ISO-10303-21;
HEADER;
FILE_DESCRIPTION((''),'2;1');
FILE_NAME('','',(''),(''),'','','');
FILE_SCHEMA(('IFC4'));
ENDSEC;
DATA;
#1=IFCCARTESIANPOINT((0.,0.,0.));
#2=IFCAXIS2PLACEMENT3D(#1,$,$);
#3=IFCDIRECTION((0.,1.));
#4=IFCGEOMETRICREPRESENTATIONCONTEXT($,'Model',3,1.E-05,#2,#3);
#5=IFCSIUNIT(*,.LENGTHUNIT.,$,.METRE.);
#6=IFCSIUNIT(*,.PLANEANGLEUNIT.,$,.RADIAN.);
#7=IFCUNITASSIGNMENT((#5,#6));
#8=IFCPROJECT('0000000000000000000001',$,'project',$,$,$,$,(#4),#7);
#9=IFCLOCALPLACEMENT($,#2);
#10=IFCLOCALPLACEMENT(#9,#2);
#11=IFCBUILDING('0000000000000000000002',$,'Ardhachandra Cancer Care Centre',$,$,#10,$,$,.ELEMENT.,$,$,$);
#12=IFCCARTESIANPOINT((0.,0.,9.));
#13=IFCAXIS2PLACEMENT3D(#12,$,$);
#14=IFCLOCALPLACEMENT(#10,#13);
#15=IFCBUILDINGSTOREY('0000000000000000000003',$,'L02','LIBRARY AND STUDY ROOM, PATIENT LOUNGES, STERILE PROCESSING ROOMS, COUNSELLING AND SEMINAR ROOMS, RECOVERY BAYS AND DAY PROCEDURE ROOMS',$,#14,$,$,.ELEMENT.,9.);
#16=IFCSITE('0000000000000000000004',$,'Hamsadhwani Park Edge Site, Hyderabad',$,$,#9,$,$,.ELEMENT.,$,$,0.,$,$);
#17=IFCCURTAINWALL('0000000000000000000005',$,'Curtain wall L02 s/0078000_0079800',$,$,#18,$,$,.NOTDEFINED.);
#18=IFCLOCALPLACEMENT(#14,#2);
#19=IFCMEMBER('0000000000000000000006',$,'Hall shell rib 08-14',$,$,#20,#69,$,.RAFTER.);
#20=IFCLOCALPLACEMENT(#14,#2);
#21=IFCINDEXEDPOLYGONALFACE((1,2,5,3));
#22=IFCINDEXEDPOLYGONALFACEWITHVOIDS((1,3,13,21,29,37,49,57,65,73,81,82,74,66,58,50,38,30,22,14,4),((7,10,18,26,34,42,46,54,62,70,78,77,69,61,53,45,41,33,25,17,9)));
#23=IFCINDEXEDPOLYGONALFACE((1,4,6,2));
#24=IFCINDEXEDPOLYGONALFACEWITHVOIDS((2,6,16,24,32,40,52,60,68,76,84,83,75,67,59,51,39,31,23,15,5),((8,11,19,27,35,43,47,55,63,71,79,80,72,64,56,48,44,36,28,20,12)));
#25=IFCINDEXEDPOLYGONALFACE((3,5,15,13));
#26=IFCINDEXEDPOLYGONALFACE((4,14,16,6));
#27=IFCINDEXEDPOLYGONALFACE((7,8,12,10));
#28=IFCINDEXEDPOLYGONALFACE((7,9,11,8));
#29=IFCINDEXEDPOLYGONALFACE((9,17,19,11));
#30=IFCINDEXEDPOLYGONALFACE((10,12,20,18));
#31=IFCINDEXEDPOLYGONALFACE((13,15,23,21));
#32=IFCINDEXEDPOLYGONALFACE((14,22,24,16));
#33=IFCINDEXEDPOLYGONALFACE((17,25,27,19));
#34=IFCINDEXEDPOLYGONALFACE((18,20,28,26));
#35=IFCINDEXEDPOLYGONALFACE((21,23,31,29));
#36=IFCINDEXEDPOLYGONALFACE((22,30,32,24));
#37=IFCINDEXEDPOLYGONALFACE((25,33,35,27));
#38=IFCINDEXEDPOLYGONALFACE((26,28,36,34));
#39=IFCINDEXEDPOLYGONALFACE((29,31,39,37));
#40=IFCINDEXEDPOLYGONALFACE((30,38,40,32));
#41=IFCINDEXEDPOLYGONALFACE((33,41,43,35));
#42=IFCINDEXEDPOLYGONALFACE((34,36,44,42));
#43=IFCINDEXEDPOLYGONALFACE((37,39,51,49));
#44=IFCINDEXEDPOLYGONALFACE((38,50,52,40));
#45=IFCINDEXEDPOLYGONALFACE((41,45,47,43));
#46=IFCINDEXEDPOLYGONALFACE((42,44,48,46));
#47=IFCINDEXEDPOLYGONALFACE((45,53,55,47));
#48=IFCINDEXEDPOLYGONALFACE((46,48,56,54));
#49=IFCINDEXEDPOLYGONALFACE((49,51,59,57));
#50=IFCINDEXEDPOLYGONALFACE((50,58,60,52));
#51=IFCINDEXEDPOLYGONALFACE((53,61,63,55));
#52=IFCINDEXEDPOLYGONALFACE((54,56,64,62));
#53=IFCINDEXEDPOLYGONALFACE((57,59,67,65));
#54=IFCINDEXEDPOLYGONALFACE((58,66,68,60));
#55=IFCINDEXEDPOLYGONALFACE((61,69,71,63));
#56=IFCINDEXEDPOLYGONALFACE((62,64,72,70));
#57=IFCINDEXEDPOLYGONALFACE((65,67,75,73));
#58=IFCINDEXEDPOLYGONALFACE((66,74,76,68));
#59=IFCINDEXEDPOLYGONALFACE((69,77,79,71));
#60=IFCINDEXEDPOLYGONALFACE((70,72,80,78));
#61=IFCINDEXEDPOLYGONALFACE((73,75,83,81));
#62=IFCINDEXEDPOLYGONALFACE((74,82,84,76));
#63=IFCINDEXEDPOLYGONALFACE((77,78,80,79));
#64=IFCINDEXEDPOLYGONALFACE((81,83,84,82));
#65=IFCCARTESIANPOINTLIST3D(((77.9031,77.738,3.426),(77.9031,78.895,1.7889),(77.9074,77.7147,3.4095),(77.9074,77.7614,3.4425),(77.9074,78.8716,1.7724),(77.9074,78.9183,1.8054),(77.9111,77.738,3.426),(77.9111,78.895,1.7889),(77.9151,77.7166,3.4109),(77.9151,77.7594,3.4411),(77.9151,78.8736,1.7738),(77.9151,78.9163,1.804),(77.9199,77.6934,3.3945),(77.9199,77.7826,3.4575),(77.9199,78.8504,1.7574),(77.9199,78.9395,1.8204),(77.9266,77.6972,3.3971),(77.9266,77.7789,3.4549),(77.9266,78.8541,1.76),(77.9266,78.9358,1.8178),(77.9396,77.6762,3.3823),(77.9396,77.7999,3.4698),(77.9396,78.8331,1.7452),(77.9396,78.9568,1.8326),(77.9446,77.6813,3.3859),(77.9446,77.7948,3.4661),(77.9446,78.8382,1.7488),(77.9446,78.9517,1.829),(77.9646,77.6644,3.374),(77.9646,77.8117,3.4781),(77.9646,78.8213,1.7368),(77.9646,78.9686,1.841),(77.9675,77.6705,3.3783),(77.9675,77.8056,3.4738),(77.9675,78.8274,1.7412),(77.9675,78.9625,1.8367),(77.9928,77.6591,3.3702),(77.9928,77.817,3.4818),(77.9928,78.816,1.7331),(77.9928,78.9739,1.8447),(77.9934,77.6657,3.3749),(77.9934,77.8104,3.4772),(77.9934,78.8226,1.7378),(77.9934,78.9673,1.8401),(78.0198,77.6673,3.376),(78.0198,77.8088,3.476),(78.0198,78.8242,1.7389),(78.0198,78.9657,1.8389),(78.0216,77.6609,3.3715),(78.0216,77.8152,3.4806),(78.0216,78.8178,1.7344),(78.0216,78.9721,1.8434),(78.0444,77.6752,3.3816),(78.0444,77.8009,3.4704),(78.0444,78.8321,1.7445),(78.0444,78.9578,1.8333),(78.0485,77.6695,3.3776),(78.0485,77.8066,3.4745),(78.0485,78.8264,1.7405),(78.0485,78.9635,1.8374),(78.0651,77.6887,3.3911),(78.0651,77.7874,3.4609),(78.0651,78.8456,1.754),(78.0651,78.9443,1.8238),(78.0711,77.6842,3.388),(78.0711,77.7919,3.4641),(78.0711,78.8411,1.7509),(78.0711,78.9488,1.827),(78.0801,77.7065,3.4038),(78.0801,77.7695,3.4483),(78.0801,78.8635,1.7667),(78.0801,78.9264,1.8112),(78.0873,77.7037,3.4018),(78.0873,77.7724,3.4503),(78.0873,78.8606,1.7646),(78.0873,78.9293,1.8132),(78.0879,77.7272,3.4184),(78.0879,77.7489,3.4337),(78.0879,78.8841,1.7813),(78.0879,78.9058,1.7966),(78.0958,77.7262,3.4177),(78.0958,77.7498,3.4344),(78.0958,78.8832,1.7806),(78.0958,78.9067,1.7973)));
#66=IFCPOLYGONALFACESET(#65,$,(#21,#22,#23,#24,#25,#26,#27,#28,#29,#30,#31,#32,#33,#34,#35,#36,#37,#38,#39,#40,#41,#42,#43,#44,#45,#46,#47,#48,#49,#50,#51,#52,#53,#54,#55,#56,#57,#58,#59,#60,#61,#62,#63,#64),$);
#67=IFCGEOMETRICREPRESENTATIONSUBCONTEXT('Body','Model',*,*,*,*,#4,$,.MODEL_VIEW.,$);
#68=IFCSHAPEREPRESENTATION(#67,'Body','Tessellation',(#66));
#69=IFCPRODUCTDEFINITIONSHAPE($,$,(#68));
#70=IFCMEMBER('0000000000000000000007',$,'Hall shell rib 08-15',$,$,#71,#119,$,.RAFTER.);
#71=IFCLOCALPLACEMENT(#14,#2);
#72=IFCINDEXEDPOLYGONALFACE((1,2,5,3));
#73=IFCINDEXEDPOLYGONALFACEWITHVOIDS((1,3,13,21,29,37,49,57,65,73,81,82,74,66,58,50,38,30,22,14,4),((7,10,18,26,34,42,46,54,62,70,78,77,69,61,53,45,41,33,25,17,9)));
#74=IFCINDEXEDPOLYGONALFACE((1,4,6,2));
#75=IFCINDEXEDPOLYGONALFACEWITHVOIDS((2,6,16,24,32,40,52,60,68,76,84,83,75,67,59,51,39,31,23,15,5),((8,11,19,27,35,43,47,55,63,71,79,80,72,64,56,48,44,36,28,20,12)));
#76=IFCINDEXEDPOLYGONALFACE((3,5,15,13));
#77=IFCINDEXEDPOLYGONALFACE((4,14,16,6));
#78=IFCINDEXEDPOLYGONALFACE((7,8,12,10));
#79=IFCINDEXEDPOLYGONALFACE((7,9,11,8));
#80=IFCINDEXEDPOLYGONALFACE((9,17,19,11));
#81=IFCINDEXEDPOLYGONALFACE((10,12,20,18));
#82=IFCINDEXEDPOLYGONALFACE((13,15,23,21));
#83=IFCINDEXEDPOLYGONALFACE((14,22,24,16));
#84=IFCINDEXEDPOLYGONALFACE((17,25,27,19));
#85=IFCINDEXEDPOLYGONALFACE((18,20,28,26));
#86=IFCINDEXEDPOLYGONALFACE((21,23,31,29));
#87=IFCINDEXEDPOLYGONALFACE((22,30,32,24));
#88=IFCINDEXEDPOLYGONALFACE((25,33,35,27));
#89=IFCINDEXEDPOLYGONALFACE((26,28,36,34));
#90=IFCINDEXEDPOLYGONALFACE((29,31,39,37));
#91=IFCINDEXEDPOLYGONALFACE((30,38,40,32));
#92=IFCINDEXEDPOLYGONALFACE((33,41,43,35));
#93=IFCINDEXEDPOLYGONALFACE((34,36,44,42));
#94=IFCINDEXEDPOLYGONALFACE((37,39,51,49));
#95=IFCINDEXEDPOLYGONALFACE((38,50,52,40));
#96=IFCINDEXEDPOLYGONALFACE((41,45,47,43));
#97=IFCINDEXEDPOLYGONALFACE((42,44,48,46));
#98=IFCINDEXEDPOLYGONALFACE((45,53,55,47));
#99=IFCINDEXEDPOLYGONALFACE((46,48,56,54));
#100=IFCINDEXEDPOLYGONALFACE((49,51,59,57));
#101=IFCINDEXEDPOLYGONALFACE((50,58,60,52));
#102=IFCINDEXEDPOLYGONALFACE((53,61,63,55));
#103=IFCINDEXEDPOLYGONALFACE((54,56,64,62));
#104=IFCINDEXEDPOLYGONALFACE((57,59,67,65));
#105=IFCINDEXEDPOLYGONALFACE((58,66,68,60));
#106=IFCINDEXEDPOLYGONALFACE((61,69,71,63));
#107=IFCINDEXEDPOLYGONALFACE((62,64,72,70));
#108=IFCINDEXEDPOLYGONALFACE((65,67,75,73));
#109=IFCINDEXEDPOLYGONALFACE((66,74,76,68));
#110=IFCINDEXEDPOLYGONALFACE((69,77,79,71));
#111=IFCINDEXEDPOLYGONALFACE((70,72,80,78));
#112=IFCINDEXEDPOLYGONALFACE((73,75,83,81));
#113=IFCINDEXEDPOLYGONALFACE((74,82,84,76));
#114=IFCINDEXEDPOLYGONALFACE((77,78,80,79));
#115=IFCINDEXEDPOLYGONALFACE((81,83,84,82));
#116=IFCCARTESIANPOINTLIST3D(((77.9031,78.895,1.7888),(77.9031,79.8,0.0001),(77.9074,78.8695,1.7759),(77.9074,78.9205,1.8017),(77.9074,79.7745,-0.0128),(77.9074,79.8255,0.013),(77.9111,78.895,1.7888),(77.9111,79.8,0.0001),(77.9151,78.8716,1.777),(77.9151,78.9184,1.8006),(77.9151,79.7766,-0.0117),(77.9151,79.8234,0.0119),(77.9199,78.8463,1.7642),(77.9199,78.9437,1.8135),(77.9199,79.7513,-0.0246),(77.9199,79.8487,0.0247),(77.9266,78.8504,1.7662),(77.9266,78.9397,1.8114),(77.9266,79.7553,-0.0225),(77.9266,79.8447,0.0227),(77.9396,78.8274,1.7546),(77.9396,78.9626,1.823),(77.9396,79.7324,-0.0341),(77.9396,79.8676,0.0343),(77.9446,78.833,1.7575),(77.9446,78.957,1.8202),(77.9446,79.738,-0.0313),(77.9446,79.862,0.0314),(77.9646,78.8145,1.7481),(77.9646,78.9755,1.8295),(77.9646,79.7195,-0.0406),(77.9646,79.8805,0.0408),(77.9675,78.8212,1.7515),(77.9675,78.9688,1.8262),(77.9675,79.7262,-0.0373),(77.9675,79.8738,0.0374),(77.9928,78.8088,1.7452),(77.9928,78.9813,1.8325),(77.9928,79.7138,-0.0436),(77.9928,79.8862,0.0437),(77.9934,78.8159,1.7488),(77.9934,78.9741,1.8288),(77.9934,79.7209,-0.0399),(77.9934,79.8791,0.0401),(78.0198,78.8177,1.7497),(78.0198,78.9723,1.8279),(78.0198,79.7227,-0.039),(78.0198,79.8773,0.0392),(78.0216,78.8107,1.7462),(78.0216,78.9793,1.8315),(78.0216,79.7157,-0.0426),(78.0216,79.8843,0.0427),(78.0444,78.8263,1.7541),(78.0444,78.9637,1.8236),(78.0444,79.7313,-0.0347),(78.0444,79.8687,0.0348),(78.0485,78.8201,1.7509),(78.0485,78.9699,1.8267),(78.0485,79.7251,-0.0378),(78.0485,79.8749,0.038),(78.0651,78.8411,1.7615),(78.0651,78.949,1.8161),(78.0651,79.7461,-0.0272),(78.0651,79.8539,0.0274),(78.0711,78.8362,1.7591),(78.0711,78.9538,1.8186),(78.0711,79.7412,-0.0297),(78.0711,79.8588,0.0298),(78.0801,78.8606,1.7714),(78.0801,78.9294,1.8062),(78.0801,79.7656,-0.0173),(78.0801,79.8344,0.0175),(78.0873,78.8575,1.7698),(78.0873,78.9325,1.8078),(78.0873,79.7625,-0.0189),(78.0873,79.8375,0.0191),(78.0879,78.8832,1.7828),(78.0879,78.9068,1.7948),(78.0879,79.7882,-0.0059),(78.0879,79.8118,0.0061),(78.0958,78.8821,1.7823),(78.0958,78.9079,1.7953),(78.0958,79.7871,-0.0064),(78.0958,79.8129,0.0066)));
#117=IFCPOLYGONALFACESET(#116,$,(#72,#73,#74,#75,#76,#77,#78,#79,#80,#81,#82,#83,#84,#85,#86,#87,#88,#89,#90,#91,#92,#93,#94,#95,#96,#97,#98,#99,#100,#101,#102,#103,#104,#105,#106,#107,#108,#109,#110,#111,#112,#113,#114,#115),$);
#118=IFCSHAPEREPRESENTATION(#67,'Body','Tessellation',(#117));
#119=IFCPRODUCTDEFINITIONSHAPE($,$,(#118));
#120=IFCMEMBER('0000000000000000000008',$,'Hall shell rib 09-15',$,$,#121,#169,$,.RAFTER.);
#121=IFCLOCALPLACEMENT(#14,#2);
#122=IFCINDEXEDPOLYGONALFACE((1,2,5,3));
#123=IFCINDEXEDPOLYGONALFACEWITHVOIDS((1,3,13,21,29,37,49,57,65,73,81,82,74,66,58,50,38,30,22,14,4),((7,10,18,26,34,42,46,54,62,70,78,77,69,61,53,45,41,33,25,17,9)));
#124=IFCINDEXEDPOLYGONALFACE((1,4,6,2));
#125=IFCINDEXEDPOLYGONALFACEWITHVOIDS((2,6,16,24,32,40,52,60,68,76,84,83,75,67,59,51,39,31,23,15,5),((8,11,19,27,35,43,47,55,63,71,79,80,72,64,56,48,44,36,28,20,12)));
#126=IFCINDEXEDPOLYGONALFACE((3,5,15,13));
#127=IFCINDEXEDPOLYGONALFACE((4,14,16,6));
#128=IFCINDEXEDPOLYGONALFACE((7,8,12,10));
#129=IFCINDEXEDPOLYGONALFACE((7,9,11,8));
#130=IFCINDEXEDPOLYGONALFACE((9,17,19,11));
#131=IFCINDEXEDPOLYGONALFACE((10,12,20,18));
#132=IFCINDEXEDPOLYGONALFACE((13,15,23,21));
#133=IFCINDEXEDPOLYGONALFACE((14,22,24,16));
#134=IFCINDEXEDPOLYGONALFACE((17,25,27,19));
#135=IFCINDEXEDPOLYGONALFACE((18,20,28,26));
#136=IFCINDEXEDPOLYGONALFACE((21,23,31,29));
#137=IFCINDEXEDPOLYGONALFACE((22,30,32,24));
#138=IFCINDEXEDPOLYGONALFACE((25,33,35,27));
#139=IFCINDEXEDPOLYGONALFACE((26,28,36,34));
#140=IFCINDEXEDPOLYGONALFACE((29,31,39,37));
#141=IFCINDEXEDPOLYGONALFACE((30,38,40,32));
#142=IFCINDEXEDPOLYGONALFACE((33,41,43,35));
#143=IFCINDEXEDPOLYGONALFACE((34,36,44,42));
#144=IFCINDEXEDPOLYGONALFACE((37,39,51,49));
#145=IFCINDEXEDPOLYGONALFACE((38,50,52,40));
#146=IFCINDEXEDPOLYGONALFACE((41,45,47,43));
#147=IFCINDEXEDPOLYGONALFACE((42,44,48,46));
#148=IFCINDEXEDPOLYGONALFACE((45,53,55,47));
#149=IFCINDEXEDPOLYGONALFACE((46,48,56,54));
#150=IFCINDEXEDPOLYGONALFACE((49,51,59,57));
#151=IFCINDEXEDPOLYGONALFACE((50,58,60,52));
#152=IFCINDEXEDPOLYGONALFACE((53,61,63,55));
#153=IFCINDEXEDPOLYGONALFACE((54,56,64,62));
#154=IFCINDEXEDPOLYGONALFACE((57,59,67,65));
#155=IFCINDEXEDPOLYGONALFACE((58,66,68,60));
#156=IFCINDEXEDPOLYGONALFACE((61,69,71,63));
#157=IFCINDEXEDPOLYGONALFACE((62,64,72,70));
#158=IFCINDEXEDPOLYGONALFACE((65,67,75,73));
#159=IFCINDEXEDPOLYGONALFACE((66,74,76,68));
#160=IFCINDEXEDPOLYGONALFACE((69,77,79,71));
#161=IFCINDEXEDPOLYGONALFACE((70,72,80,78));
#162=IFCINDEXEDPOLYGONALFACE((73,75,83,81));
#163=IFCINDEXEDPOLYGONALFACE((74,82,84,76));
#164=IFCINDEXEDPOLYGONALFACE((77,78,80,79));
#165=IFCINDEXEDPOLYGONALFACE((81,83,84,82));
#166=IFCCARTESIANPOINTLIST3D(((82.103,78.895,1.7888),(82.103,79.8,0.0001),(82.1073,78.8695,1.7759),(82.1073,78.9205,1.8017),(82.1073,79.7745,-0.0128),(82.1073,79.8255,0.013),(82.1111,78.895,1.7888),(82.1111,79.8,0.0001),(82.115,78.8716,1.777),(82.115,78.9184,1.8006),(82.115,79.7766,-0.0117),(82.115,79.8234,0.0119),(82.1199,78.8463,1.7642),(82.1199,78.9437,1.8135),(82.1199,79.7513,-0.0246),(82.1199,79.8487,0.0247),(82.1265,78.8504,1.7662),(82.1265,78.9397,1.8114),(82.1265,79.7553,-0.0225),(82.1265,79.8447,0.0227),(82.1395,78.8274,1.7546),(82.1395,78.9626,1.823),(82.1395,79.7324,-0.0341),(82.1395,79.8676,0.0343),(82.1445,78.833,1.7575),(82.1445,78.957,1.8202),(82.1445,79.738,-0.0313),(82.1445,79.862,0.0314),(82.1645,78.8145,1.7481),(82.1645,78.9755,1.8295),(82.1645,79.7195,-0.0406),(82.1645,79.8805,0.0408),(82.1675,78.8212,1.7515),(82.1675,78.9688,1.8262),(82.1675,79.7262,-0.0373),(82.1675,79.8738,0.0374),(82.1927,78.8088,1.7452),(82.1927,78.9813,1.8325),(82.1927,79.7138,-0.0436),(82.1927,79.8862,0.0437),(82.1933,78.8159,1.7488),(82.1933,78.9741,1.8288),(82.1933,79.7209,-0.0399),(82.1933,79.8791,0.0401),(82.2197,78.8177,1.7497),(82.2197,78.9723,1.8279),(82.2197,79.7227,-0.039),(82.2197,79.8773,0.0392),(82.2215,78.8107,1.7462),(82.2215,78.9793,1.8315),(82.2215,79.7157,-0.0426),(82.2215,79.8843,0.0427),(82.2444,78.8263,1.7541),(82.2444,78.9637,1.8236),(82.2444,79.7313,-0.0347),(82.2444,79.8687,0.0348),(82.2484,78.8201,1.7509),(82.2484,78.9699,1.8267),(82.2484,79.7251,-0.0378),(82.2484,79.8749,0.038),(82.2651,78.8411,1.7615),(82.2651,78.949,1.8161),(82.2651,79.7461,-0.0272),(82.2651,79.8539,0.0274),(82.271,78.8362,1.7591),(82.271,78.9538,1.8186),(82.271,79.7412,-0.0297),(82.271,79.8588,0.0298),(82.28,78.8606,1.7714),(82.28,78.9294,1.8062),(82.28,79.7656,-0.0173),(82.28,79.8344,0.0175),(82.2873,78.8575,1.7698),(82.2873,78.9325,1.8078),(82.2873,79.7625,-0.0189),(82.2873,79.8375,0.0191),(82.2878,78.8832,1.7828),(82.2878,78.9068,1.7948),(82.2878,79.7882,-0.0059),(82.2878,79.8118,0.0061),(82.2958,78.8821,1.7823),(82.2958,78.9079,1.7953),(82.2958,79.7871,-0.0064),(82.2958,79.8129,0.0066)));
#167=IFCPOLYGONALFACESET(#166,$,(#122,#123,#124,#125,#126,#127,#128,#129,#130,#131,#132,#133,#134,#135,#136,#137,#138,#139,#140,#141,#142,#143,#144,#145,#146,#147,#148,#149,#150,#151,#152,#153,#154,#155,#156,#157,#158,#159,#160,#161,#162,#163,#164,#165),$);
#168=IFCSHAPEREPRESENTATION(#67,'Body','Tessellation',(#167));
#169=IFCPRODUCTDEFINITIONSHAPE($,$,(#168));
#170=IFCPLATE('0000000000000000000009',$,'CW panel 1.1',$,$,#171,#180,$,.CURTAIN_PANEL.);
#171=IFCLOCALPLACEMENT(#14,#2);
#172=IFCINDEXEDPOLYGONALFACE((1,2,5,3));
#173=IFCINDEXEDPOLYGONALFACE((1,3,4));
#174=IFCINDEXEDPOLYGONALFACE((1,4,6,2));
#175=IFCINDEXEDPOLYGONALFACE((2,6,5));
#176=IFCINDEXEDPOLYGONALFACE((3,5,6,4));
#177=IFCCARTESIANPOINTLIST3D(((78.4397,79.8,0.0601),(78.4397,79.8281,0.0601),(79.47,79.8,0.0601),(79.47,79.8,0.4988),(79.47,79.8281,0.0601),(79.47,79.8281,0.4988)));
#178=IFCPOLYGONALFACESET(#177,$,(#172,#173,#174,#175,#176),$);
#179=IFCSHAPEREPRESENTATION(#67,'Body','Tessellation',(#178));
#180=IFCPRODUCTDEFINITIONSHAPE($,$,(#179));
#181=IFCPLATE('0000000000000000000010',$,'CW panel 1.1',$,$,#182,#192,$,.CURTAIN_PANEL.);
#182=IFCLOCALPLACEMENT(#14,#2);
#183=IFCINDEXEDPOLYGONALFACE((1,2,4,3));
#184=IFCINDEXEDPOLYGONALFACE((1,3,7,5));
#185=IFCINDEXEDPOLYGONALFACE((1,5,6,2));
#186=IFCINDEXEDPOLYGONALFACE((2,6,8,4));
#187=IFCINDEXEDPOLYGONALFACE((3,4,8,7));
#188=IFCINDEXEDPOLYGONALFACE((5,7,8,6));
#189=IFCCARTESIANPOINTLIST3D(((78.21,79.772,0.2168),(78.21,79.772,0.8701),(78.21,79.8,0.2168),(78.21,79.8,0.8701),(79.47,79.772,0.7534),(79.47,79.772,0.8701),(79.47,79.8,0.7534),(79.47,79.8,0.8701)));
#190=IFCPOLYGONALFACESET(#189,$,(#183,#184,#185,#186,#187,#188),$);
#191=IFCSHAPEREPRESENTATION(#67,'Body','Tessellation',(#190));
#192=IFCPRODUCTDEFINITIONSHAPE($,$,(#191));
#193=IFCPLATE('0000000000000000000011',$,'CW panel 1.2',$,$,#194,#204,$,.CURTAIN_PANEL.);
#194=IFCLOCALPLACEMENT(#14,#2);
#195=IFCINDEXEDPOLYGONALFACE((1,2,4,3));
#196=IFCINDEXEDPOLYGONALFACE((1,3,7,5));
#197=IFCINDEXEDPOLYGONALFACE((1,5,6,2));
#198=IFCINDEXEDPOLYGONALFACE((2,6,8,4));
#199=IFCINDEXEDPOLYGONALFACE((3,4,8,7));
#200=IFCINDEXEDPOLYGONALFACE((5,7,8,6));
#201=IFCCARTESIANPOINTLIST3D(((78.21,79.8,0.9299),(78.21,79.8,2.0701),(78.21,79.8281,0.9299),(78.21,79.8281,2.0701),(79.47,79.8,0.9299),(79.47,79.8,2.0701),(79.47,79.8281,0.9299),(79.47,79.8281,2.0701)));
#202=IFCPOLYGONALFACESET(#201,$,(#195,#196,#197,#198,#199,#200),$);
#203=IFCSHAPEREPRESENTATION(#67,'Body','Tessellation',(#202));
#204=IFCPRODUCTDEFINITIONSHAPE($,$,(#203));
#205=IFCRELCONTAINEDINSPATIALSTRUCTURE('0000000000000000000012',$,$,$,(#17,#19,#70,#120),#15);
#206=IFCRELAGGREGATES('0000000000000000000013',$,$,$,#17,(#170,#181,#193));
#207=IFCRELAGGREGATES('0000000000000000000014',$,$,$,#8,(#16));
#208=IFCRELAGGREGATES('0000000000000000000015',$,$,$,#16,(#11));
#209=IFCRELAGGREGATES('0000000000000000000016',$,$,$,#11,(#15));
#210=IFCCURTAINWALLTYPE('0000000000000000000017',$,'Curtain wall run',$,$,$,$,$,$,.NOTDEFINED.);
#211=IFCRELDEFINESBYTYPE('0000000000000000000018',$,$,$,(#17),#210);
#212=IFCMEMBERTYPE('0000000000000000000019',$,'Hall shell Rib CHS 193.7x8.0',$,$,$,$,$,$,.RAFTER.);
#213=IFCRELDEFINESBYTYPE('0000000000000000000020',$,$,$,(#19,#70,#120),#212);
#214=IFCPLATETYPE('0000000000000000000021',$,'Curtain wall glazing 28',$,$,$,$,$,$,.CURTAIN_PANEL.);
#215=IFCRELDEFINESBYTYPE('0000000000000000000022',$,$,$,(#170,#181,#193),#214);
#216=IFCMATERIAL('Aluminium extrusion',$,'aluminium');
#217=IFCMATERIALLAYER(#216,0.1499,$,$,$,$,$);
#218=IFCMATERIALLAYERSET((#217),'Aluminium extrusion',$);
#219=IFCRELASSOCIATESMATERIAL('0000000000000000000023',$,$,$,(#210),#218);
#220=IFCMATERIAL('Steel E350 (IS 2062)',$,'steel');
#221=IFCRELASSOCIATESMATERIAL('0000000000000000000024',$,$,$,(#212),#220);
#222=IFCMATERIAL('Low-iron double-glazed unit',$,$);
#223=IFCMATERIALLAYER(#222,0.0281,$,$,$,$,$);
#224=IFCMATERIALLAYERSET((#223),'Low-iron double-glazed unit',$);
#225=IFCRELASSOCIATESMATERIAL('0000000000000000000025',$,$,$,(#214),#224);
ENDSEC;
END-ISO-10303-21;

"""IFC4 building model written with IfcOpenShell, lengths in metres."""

from ifc_helpers import new_model, si_unit, direction, frame, origin, origin_2d, place, context, subcontext, project, spatial, polyline, hollow_circle, outline, extrude, material, layer, layer_set, material_profile, profile_set, type_object, element, aggregate, save


model = new_model("IFC4")

# Units and contexts
model_context = context("Model", 3, precision=1e-05, world=origin(), true_north=direction((0.0, 1.0)))
body_context = subcontext(model_context, "Body", "Model", "MODEL_VIEW")
ifc_project = project(units=[si_unit("LENGTHUNIT", "METRE"), si_unit("PLANEANGLEUNIT", "RADIAN")], contexts=[model_context])

# Site, building, storey
site_placement = place(None, origin())
site = spatial("IfcSite", under=ifc_project, at=site_placement, Name="Hamsadhwani Park Edge Site, Hyderabad", CompositionType="ELEMENT", RefElevation=0.0)
building_placement = place(site_placement, origin())
building = spatial("IfcBuilding", under=site, at=building_placement, Name="Ardhachandra Cancer Care Centre", CompositionType="ELEMENT")
storey_placement = place(building_placement, frame((0.0, 0.0, 9.0)))
storey = spatial("IfcBuildingStorey", under=building, at=storey_placement, Name="L02", Description="LIBRARY AND STUDY ROOM, PATIENT LOUNGES, STERILE PROCESSING ROOMS, COUNSELLING AND SEMINAR ROOMS, RECOVERY BAYS AND DAY PROCEDURE ROOMS", CompositionType="ELEMENT", Elevation=9.0)

# Curtain wall
ifc_material_1 = material(Name="Aluminium extrusion", Category="aluminium")
ifc_layer_1 = layer(ifc_material_1, 0.1499)
ifc_layer_set_1 = layer_set([ifc_layer_1], Name="Aluminium extrusion")
curtain_wall_type = type_object("IfcCurtainWallType", Name="Curtain wall run", PredefinedType="NOTDEFINED", material=ifc_layer_set_1)
curtain_wall_placement = place(storey_placement, origin())
curtain_wall = element("IfcCurtainWall", 1, at=curtain_wall_placement, inside=storey, type_object=curtain_wall_type, Name="Curtain wall L02 s/0078000_0079800", PredefinedType="NOTDEFINED")

# Members
ifc_material_2 = material(Name="Steel E350 (IS 2062)", Category="steel")
ifc_material_profile_1 = material_profile(ifc_material_2, hollow_circle(Radius=0.0969, WallThickness=0.0081, at=origin_2d()), Name="CHS 193.7x8.0")
ifc_profile_set_1 = profile_set([ifc_material_profile_1], Name="Steel E350 (IS 2062)")
member_type_1 = type_object("IfcMemberType", Name="Hall shell Rib CHS 193.7x8.0", PredefinedType="RAFTER", material=ifc_profile_set_1)
for number, where, z_axis, x_axis, name in (
    (2, (78.0, 77.738, 3.426), (0.0, 0.577118, -0.816661), (-1.0, 0.0, 0.0), "Hall shell rib 08-14"),
    (3, (78.0, 78.895, 1.7888), (0.0, 0.451447, -0.892298), (-1.0, 0.0, 0.0), "Hall shell rib 08-15"),
    (4, (82.2, 78.895, 1.7888), (0.0, 0.451447, -0.892298), (-1.0, 0.0, 0.0), "Hall shell rib 09-15"),
):
    element("IfcMember", number, at=place(storey_placement, frame(where, z_axis=z_axis, x_axis=x_axis)), inside=storey, type_object=member_type_1, Name=name, PredefinedType="RAFTER", context=body_context, shape_type="SweptSolid", body=[
        extrude(hollow_circle(Radius=0.0969, WallThickness=0.0081, at=origin_2d()), origin(), (0.0, 0.0, 1.0), 2.0046),
    ])

# Plates
ifc_material_3 = material(Name="Low-iron double-glazed unit")
ifc_layer_2 = layer(ifc_material_3, 0.0281)
ifc_layer_set_2 = layer_set([ifc_layer_2], Name="Low-iron double-glazed unit")
plate_type_1 = type_object("IfcPlateType", Name="Curtain wall glazing 28", PredefinedType="CURTAIN_PANEL", material=ifc_layer_set_2)
plate_1_placement = place(storey_placement, frame((79.47, 79.8, 0.0601), z_axis=(0.0, 1.0, 0.0), x_axis=(-1.0, 0.0, 0.0)))
plate_1 = element("IfcPlate", 5, at=plate_1_placement, type_object=plate_type_1, Name="CW panel 1.1", PredefinedType="CURTAIN_PANEL", context=body_context, shape_type="SweptSolid", body=[
    extrude(outline(polyline([(0.0, 0.0), (1.0303, 0.0), (0.0, 0.4387), (0.0, 0.0)])), origin(), (0.0, 0.0, 1.0), 0.0281),
])
plate_2_placement = place(storey_placement, frame((78.21, 79.8, 0.8701), z_axis=(0.0, 1.0, 0.0), x_axis=(1.0, 0.0, 0.0)))
plate_2 = element("IfcPlate", 6, at=plate_2_placement, type_object=plate_type_1, Name="CW panel 1.1", PredefinedType="CURTAIN_PANEL", context=body_context, shape_type="SweptSolid", body=[
    extrude(outline(polyline([(0.0, 0.0), (1.26, 0.0), (1.26, 0.1167), (0.0, 0.6533), (0.0, 0.0)])), frame((0.0, 0.0, -0.0281)), (0.0, 0.0, 1.0), 0.0281),
])
plate_3_placement = place(storey_placement, frame((78.21, 79.8, 0.9299), z_axis=(0.0, 1.0, 0.0), x_axis=(0.0, 0.0, 1.0)))
plate_3 = element("IfcPlate", 7, at=plate_3_placement, type_object=plate_type_1, Name="CW panel 1.2", PredefinedType="CURTAIN_PANEL", context=body_context, shape_type="SweptSolid", body=[
    extrude(outline(polyline([(0.0, 0.0), (1.1401, 0.0), (1.1401, 1.26), (0.0, 1.26), (0.0, 0.0)])), origin(), (0.0, 0.0, 1.0), 0.0281),
])
aggregate(curtain_wall, [plate_1, plate_2, plate_3])

save(model, "model.ifc")
